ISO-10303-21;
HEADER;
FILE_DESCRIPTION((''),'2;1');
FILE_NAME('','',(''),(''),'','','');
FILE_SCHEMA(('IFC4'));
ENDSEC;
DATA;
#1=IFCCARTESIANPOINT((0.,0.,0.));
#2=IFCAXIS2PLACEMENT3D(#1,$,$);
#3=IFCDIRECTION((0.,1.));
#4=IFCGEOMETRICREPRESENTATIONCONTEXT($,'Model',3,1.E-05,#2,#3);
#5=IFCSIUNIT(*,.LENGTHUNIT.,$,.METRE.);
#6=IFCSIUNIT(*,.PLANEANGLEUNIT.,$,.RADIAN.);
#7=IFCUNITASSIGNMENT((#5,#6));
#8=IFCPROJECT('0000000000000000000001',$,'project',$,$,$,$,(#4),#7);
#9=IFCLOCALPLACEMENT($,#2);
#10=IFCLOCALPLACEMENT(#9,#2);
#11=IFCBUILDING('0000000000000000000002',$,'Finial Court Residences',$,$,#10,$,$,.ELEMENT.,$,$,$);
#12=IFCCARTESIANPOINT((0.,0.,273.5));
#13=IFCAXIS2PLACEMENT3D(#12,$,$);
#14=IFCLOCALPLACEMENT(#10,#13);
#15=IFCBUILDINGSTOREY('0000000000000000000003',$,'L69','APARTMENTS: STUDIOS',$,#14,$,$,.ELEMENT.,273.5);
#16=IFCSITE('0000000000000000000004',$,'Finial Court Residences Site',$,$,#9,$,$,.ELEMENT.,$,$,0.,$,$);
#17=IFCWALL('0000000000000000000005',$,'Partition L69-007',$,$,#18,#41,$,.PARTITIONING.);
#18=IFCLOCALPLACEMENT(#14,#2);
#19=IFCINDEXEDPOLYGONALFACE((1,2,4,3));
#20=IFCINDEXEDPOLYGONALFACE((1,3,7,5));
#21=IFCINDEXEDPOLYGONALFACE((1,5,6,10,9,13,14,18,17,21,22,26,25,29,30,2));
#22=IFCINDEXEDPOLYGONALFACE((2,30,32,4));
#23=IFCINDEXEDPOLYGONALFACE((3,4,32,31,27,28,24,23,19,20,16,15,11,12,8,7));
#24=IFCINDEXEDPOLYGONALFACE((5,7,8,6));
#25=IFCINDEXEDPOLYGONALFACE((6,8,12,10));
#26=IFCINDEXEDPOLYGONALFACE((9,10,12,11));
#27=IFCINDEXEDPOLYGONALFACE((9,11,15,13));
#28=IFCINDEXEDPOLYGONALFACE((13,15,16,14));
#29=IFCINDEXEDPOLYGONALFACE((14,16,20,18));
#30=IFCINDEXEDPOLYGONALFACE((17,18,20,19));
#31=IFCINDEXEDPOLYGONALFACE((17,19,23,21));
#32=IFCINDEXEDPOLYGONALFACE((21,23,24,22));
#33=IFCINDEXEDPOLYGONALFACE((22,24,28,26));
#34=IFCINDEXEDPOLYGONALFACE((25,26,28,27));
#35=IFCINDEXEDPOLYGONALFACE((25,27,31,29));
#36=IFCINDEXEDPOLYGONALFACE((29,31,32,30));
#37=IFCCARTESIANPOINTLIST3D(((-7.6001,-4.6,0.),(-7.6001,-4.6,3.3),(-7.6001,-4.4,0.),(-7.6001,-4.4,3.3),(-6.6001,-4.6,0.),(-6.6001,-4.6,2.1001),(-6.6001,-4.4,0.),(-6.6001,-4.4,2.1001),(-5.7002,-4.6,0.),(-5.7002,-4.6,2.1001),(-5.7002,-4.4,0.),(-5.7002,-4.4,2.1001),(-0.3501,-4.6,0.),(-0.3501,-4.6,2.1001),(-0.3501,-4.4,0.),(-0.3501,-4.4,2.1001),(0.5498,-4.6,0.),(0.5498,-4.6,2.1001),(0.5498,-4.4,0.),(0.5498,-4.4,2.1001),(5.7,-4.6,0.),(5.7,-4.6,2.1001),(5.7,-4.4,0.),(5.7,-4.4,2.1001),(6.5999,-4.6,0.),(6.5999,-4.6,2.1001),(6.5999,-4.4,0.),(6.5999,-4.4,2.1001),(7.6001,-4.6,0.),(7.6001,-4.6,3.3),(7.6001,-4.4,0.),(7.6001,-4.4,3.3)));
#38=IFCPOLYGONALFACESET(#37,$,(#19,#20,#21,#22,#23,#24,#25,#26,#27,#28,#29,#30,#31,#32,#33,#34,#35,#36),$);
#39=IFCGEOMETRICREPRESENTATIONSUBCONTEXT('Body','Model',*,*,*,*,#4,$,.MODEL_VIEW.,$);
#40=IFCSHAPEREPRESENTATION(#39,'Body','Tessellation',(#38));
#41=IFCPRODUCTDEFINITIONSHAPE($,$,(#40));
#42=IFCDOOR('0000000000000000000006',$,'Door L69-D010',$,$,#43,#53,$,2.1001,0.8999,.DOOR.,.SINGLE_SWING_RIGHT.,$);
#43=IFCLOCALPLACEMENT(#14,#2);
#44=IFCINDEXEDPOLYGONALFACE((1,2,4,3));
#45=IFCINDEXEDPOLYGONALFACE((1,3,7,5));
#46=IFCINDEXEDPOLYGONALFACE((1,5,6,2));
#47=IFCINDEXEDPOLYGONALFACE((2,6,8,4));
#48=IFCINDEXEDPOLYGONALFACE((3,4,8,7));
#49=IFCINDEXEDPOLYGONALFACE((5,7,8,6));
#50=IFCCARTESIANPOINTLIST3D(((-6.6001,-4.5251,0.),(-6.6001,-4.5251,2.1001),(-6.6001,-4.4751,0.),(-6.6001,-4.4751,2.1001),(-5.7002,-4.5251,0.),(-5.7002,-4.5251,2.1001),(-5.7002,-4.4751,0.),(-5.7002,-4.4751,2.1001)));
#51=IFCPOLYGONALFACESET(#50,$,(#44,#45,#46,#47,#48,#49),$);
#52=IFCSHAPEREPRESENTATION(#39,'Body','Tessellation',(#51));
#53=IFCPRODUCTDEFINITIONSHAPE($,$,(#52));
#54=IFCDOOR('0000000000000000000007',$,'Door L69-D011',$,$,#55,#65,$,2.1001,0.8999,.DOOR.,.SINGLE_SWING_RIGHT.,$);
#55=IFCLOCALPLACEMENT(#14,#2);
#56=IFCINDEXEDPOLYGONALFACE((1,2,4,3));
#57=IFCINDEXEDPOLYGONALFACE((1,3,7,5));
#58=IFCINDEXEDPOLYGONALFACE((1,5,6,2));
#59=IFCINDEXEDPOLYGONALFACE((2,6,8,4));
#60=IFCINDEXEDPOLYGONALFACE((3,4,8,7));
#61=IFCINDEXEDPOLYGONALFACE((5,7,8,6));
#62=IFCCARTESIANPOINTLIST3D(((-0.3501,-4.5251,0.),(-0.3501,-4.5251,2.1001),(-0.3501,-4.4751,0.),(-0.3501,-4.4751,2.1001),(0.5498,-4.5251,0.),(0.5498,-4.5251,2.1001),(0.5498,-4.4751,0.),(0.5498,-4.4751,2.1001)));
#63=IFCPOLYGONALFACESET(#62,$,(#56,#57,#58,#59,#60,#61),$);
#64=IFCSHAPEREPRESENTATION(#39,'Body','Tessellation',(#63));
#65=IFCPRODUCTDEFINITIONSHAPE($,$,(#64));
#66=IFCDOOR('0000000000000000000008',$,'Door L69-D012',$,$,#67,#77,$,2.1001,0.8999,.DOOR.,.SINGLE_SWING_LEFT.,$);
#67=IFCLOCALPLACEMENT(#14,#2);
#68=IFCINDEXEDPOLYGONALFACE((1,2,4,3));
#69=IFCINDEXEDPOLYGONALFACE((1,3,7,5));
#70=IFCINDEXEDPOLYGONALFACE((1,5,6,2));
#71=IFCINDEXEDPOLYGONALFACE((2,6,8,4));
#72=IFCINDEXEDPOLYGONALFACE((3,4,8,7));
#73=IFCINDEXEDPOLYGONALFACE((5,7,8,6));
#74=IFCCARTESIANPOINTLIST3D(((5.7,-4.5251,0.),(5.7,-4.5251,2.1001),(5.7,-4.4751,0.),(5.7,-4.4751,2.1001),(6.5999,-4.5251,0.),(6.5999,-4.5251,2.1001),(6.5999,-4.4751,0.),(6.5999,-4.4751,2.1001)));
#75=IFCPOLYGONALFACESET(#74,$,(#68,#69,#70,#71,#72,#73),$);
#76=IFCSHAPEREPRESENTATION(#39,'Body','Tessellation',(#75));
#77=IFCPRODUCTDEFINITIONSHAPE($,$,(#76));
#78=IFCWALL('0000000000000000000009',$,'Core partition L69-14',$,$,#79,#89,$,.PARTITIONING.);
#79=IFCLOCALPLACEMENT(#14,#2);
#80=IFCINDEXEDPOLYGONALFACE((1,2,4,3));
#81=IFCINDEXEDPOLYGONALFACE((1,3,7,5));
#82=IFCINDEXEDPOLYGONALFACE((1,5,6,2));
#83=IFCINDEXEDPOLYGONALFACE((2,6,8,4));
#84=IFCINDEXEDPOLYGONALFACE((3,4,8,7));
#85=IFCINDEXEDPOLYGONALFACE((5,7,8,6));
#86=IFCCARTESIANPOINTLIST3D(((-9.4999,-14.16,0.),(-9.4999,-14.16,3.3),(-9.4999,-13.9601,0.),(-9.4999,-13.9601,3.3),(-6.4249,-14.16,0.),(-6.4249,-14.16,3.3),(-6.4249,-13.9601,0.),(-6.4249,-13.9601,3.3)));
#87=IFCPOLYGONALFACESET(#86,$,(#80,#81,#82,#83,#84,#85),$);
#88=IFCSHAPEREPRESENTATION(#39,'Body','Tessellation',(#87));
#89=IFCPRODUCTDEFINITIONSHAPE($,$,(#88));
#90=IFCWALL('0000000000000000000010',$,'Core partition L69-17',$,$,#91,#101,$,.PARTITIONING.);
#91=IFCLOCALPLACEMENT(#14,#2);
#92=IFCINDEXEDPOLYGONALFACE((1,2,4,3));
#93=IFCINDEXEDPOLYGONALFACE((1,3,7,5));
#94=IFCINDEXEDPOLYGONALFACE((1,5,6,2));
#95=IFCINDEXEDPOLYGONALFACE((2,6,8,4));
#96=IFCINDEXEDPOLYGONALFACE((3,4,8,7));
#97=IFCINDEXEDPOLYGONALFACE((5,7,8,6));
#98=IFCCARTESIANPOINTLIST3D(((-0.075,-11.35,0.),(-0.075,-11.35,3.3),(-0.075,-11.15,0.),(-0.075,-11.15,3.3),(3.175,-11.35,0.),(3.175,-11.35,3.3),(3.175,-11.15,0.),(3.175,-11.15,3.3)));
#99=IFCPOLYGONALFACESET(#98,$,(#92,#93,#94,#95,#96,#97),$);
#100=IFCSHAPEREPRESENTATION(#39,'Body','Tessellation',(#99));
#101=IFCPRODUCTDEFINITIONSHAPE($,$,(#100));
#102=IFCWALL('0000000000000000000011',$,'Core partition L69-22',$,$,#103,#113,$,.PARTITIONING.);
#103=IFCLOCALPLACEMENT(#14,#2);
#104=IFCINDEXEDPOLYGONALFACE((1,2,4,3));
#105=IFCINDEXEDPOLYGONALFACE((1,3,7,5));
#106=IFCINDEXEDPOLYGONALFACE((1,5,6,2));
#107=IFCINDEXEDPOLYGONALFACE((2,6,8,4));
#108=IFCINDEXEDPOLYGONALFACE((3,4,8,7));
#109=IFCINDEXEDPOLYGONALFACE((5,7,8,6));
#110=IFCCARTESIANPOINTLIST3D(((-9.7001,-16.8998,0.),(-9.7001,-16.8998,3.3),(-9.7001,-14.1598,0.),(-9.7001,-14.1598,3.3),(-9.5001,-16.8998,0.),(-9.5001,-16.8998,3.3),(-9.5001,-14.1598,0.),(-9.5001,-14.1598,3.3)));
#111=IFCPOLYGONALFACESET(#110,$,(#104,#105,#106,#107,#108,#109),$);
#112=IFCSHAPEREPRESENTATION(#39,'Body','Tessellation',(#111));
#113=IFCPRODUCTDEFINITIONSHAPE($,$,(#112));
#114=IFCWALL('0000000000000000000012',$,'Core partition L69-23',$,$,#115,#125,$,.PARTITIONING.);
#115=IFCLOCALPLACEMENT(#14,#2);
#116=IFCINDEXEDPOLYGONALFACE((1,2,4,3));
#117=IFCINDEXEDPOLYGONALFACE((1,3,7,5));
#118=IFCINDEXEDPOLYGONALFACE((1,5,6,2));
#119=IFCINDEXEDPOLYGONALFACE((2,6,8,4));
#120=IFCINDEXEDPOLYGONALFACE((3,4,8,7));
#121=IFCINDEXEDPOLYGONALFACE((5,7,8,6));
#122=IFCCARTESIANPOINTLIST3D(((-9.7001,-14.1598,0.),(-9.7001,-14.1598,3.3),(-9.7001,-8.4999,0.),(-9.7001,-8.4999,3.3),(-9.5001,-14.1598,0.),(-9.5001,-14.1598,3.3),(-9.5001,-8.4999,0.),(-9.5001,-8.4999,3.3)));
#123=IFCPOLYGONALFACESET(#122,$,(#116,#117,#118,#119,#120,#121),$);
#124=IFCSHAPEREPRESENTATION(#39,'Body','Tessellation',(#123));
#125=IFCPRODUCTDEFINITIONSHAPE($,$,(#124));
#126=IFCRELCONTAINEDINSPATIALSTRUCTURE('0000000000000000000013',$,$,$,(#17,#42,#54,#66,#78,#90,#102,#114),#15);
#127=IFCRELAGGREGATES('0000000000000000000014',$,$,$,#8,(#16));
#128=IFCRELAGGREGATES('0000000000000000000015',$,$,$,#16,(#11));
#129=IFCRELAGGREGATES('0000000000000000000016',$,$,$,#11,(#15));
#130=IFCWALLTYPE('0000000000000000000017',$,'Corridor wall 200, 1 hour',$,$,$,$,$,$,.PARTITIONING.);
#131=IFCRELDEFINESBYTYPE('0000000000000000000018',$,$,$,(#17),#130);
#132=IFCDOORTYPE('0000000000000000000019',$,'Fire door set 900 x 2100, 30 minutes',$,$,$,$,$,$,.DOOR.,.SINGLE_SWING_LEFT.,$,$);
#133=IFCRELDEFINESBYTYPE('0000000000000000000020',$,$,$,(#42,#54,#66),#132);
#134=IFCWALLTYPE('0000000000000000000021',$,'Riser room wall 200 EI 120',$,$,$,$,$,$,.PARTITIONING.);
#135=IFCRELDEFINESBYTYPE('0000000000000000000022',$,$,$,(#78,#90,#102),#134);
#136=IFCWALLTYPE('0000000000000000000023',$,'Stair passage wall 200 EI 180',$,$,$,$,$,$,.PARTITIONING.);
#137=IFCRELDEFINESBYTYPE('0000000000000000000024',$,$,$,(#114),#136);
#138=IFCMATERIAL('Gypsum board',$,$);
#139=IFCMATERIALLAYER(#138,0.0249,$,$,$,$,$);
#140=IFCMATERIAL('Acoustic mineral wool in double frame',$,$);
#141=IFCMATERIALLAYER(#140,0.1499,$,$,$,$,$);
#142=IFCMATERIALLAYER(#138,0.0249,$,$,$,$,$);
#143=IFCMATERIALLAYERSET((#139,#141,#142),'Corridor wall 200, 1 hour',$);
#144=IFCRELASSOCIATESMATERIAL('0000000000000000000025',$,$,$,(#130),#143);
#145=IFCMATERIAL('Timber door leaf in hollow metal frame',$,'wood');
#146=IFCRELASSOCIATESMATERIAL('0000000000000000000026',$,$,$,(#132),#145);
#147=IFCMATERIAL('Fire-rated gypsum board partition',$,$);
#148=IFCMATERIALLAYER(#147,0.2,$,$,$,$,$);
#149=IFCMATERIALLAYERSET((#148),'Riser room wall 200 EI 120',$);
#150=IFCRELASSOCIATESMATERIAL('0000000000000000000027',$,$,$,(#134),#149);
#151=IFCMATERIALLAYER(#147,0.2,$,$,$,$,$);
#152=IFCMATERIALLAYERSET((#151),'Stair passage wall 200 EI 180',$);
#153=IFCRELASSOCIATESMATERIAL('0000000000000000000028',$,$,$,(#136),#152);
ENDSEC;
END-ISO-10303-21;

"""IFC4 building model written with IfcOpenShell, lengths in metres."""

from ifc_helpers import new_model, si_unit, direction, frame, frame_2d, origin, place, context, subcontext, project, spatial, rectangle, extrude, material, layer, layer_set, type_object, element, fill, save


model = new_model("IFC4")

# Units and contexts
model_context = context("Model", 3, precision=1e-05, world=origin(), true_north=direction((0.0, 1.0)))
body_context = subcontext(model_context, "Body", "Model", "MODEL_VIEW")
ifc_project = project(units=[si_unit("LENGTHUNIT", "METRE"), si_unit("PLANEANGLEUNIT", "RADIAN")], contexts=[model_context])

# Site, building, storey
site_placement = place(None, origin())
site = spatial("IfcSite", under=ifc_project, at=site_placement, Name="Finial Court Residences Site", CompositionType="ELEMENT", RefElevation=0.0)
building_placement = place(site_placement, origin())
building = spatial("IfcBuilding", under=site, at=building_placement, Name="Finial Court Residences", CompositionType="ELEMENT")
storey_placement = place(building_placement, frame((0.0, 0.0, 273.5)))
storey = spatial("IfcBuildingStorey", under=building, at=storey_placement, Name="L69", Description="APARTMENTS: STUDIOS", CompositionType="ELEMENT", Elevation=273.5)

# Shared definitions
ifc_material_1 = material(Name="Fire-rated gypsum board partition")

# Wall, openings, doors
ifc_material_2 = material(Name="Gypsum board")
ifc_layer_1 = layer(ifc_material_2, 0.0249)
ifc_material_3 = material(Name="Acoustic mineral wool in double frame")
ifc_layer_2 = layer(ifc_material_3, 0.1499)
ifc_layer_3 = layer(ifc_material_2, 0.0249)
ifc_layer_set_1 = layer_set([ifc_layer_1, ifc_layer_2, ifc_layer_3], Name="Corridor wall 200, 1 hour")
wall_type_1 = type_object("IfcWallType", Name="Corridor wall 200, 1 hour", PredefinedType="PARTITIONING", material=ifc_layer_set_1)
wall_1_placement = place(storey_placement, frame((-7.6001, -4.5, 0.0), z_axis=(0.0, 0.0, 1.0), x_axis=(1.0, 0.0, 0.0)))
wall_1 = element("IfcWall", 1, at=wall_1_placement, inside=storey, type_object=wall_type_1, Name="Partition L69-007", PredefinedType="PARTITIONING", context=body_context, shape_type="SweptSolid", body=[
    extrude(rectangle(XDim=15.2002, YDim=0.2, at=frame_2d((7.6001, 0.0))), origin(), (0.0, 0.0, 1.0), 3.3),
])
opening_1_placement = place(wall_1_placement, frame((1.0, 0.0, 0.0)))
opening_1 = element("IfcOpeningElement", 2, at=opening_1_placement, cuts=wall_1, PredefinedType="OPENING", context=body_context, shape_type="SweptSolid", body=[
    extrude(rectangle(XDim=0.8999, YDim=2.1001, at=frame_2d((0.45, 1.05))), frame((0.0, 0.1099, 0.0), z_axis=(0.0, -1.0, 0.0), x_axis=(1.0, 0.0, 0.0)), (0.0, 0.0, 1.0), 0.22),
])
opening_2_placement = place(wall_1_placement, frame((7.25, 0.0, 0.0)))
opening_2 = element("IfcOpeningElement", 3, at=opening_2_placement, cuts=wall_1, PredefinedType="OPENING", context=body_context, shape_type="SweptSolid", body=[
    extrude(rectangle(XDim=0.8999, YDim=2.1001, at=frame_2d((0.45, 1.05))), frame((0.0, 0.1099, 0.0), z_axis=(0.0, -1.0, 0.0), x_axis=(1.0, 0.0, 0.0)), (0.0, 0.0, 1.0), 0.22),
])
opening_3_placement = place(wall_1_placement, frame((13.3, 0.0, 0.0)))
opening_3 = element("IfcOpeningElement", 4, at=opening_3_placement, cuts=wall_1, PredefinedType="OPENING", context=body_context, shape_type="SweptSolid", body=[
    extrude(rectangle(XDim=0.8999, YDim=2.1001, at=frame_2d((0.45, 1.05))), frame((0.0, 0.1099, 0.0), z_axis=(0.0, -1.0, 0.0), x_axis=(1.0, 0.0, 0.0)), (0.0, 0.0, 1.0), 0.22),
])
ifc_material_4 = material(Name="Timber door leaf in hollow metal frame", Category="wood")
door_type_1 = type_object("IfcDoorType", Name="Fire door set 900 x 2100, 30 minutes", OperationType="SINGLE_SWING_LEFT", PredefinedType="DOOR", material=ifc_material_4)
door_1_placement = place(opening_1_placement, origin())
door_1 = element("IfcDoor", 5, at=door_1_placement, inside=storey, type_object=door_type_1, Name="Door L69-D010", OperationType="SINGLE_SWING_RIGHT", OverallHeight=2.1001, OverallWidth=0.8999, PredefinedType="DOOR", context=body_context, shape_type="SweptSolid", body=[
    extrude(rectangle(XDim=0.8999, YDim=2.1001, at=frame_2d((0.45, 1.05))), frame((0.0, 0.0249, 0.0), z_axis=(0.0, -1.0, 0.0), x_axis=(1.0, 0.0, 0.0)), (0.0, 0.0, 1.0), 0.05),
])
fill(opening_1, door_1)
door_2_placement = place(opening_2_placement, origin())
door_2 = element("IfcDoor", 6, at=door_2_placement, inside=storey, type_object=door_type_1, Name="Door L69-D011", OperationType="SINGLE_SWING_RIGHT", OverallHeight=2.1001, OverallWidth=0.8999, PredefinedType="DOOR", context=body_context, shape_type="SweptSolid", body=[
    extrude(rectangle(XDim=0.8999, YDim=2.1001, at=frame_2d((0.45, 1.05))), frame((0.0, 0.0249, 0.0), z_axis=(0.0, -1.0, 0.0), x_axis=(1.0, 0.0, 0.0)), (0.0, 0.0, 1.0), 0.05),
])
fill(opening_2, door_2)
door_3_placement = place(opening_3_placement, origin())
door_3 = element("IfcDoor", 7, at=door_3_placement, inside=storey, type_object=door_type_1, Name="Door L69-D012", OperationType="SINGLE_SWING_LEFT", OverallHeight=2.1001, OverallWidth=0.8999, PredefinedType="DOOR", context=body_context, shape_type="SweptSolid", body=[
    extrude(rectangle(XDim=0.8999, YDim=2.1001, at=frame_2d((0.45, 1.05))), frame((0.0, 0.0249, 0.0), z_axis=(0.0, -1.0, 0.0), x_axis=(1.0, 0.0, 0.0)), (0.0, 0.0, 1.0), 0.05),
])
fill(opening_3, door_3)

# Walls
ifc_layer_4 = layer(ifc_material_1, 0.2)
ifc_layer_set_2 = layer_set([ifc_layer_4], Name="Riser room wall 200 EI 120")
wall_type_2 = type_object("IfcWallType", Name="Riser room wall 200 EI 120", PredefinedType="PARTITIONING", material=ifc_layer_set_2)
wall_2_placement = place(storey_placement, frame((-9.5, -14.0601, 0.0), z_axis=(0.0, 0.0, 1.0), x_axis=(1.0, 0.0, 0.0)))
element("IfcWall", 8, at=wall_2_placement, inside=storey, type_object=wall_type_2, Name="Core partition L69-14", PredefinedType="PARTITIONING", context=body_context, shape_type="SweptSolid", body=[
    extrude(rectangle(XDim=3.075, YDim=0.2, at=frame_2d((1.5376, 0.0))), origin(), (0.0, 0.0, 1.0), 3.3),
])
wall_3_placement = place(storey_placement, frame((-0.075, -11.25, 0.0), z_axis=(0.0, 0.0, 1.0), x_axis=(1.0, 0.0, 0.0)))
element("IfcWall", 9, at=wall_3_placement, inside=storey, type_object=wall_type_2, Name="Core partition L69-17", PredefinedType="PARTITIONING", context=body_context, shape_type="SweptSolid", body=[
    extrude(rectangle(XDim=3.25, YDim=0.2, at=frame_2d((1.625, 0.0))), origin(), (0.0, 0.0, 1.0), 3.3),
])
wall_4_placement = place(storey_placement, frame((-9.6001, -16.8999, 0.0), z_axis=(0.0, 0.0, 1.0), x_axis=(0.0, 1.0, 0.0)))
element("IfcWall", 10, at=wall_4_placement, inside=storey, type_object=wall_type_2, Name="Core partition L69-22", PredefinedType="PARTITIONING", context=body_context, shape_type="SweptSolid", body=[
    extrude(rectangle(XDim=2.74, YDim=0.2, at=frame_2d((1.3701, 0.0))), origin(), (0.0, 0.0, 1.0), 3.3),
])
ifc_layer_5 = layer(ifc_material_1, 0.2)
ifc_layer_set_3 = layer_set([ifc_layer_5], Name="Stair passage wall 200 EI 180")
wall_type_3 = type_object("IfcWallType", Name="Stair passage wall 200 EI 180", PredefinedType="PARTITIONING", material=ifc_layer_set_3)
wall_5_placement = place(storey_placement, frame((-9.6001, -14.1599, 0.0), z_axis=(0.0, 0.0, 1.0), x_axis=(0.0, 1.0, 0.0)))
element("IfcWall", 11, at=wall_5_placement, inside=storey, type_object=wall_type_3, Name="Core partition L69-23", PredefinedType="PARTITIONING", context=body_context, shape_type="SweptSolid", body=[
    extrude(rectangle(XDim=5.6599, YDim=0.2, at=frame_2d((2.8301, 0.0))), origin(), (0.0, 0.0, 1.0), 3.3),
])

save(model, "model.ifc")
